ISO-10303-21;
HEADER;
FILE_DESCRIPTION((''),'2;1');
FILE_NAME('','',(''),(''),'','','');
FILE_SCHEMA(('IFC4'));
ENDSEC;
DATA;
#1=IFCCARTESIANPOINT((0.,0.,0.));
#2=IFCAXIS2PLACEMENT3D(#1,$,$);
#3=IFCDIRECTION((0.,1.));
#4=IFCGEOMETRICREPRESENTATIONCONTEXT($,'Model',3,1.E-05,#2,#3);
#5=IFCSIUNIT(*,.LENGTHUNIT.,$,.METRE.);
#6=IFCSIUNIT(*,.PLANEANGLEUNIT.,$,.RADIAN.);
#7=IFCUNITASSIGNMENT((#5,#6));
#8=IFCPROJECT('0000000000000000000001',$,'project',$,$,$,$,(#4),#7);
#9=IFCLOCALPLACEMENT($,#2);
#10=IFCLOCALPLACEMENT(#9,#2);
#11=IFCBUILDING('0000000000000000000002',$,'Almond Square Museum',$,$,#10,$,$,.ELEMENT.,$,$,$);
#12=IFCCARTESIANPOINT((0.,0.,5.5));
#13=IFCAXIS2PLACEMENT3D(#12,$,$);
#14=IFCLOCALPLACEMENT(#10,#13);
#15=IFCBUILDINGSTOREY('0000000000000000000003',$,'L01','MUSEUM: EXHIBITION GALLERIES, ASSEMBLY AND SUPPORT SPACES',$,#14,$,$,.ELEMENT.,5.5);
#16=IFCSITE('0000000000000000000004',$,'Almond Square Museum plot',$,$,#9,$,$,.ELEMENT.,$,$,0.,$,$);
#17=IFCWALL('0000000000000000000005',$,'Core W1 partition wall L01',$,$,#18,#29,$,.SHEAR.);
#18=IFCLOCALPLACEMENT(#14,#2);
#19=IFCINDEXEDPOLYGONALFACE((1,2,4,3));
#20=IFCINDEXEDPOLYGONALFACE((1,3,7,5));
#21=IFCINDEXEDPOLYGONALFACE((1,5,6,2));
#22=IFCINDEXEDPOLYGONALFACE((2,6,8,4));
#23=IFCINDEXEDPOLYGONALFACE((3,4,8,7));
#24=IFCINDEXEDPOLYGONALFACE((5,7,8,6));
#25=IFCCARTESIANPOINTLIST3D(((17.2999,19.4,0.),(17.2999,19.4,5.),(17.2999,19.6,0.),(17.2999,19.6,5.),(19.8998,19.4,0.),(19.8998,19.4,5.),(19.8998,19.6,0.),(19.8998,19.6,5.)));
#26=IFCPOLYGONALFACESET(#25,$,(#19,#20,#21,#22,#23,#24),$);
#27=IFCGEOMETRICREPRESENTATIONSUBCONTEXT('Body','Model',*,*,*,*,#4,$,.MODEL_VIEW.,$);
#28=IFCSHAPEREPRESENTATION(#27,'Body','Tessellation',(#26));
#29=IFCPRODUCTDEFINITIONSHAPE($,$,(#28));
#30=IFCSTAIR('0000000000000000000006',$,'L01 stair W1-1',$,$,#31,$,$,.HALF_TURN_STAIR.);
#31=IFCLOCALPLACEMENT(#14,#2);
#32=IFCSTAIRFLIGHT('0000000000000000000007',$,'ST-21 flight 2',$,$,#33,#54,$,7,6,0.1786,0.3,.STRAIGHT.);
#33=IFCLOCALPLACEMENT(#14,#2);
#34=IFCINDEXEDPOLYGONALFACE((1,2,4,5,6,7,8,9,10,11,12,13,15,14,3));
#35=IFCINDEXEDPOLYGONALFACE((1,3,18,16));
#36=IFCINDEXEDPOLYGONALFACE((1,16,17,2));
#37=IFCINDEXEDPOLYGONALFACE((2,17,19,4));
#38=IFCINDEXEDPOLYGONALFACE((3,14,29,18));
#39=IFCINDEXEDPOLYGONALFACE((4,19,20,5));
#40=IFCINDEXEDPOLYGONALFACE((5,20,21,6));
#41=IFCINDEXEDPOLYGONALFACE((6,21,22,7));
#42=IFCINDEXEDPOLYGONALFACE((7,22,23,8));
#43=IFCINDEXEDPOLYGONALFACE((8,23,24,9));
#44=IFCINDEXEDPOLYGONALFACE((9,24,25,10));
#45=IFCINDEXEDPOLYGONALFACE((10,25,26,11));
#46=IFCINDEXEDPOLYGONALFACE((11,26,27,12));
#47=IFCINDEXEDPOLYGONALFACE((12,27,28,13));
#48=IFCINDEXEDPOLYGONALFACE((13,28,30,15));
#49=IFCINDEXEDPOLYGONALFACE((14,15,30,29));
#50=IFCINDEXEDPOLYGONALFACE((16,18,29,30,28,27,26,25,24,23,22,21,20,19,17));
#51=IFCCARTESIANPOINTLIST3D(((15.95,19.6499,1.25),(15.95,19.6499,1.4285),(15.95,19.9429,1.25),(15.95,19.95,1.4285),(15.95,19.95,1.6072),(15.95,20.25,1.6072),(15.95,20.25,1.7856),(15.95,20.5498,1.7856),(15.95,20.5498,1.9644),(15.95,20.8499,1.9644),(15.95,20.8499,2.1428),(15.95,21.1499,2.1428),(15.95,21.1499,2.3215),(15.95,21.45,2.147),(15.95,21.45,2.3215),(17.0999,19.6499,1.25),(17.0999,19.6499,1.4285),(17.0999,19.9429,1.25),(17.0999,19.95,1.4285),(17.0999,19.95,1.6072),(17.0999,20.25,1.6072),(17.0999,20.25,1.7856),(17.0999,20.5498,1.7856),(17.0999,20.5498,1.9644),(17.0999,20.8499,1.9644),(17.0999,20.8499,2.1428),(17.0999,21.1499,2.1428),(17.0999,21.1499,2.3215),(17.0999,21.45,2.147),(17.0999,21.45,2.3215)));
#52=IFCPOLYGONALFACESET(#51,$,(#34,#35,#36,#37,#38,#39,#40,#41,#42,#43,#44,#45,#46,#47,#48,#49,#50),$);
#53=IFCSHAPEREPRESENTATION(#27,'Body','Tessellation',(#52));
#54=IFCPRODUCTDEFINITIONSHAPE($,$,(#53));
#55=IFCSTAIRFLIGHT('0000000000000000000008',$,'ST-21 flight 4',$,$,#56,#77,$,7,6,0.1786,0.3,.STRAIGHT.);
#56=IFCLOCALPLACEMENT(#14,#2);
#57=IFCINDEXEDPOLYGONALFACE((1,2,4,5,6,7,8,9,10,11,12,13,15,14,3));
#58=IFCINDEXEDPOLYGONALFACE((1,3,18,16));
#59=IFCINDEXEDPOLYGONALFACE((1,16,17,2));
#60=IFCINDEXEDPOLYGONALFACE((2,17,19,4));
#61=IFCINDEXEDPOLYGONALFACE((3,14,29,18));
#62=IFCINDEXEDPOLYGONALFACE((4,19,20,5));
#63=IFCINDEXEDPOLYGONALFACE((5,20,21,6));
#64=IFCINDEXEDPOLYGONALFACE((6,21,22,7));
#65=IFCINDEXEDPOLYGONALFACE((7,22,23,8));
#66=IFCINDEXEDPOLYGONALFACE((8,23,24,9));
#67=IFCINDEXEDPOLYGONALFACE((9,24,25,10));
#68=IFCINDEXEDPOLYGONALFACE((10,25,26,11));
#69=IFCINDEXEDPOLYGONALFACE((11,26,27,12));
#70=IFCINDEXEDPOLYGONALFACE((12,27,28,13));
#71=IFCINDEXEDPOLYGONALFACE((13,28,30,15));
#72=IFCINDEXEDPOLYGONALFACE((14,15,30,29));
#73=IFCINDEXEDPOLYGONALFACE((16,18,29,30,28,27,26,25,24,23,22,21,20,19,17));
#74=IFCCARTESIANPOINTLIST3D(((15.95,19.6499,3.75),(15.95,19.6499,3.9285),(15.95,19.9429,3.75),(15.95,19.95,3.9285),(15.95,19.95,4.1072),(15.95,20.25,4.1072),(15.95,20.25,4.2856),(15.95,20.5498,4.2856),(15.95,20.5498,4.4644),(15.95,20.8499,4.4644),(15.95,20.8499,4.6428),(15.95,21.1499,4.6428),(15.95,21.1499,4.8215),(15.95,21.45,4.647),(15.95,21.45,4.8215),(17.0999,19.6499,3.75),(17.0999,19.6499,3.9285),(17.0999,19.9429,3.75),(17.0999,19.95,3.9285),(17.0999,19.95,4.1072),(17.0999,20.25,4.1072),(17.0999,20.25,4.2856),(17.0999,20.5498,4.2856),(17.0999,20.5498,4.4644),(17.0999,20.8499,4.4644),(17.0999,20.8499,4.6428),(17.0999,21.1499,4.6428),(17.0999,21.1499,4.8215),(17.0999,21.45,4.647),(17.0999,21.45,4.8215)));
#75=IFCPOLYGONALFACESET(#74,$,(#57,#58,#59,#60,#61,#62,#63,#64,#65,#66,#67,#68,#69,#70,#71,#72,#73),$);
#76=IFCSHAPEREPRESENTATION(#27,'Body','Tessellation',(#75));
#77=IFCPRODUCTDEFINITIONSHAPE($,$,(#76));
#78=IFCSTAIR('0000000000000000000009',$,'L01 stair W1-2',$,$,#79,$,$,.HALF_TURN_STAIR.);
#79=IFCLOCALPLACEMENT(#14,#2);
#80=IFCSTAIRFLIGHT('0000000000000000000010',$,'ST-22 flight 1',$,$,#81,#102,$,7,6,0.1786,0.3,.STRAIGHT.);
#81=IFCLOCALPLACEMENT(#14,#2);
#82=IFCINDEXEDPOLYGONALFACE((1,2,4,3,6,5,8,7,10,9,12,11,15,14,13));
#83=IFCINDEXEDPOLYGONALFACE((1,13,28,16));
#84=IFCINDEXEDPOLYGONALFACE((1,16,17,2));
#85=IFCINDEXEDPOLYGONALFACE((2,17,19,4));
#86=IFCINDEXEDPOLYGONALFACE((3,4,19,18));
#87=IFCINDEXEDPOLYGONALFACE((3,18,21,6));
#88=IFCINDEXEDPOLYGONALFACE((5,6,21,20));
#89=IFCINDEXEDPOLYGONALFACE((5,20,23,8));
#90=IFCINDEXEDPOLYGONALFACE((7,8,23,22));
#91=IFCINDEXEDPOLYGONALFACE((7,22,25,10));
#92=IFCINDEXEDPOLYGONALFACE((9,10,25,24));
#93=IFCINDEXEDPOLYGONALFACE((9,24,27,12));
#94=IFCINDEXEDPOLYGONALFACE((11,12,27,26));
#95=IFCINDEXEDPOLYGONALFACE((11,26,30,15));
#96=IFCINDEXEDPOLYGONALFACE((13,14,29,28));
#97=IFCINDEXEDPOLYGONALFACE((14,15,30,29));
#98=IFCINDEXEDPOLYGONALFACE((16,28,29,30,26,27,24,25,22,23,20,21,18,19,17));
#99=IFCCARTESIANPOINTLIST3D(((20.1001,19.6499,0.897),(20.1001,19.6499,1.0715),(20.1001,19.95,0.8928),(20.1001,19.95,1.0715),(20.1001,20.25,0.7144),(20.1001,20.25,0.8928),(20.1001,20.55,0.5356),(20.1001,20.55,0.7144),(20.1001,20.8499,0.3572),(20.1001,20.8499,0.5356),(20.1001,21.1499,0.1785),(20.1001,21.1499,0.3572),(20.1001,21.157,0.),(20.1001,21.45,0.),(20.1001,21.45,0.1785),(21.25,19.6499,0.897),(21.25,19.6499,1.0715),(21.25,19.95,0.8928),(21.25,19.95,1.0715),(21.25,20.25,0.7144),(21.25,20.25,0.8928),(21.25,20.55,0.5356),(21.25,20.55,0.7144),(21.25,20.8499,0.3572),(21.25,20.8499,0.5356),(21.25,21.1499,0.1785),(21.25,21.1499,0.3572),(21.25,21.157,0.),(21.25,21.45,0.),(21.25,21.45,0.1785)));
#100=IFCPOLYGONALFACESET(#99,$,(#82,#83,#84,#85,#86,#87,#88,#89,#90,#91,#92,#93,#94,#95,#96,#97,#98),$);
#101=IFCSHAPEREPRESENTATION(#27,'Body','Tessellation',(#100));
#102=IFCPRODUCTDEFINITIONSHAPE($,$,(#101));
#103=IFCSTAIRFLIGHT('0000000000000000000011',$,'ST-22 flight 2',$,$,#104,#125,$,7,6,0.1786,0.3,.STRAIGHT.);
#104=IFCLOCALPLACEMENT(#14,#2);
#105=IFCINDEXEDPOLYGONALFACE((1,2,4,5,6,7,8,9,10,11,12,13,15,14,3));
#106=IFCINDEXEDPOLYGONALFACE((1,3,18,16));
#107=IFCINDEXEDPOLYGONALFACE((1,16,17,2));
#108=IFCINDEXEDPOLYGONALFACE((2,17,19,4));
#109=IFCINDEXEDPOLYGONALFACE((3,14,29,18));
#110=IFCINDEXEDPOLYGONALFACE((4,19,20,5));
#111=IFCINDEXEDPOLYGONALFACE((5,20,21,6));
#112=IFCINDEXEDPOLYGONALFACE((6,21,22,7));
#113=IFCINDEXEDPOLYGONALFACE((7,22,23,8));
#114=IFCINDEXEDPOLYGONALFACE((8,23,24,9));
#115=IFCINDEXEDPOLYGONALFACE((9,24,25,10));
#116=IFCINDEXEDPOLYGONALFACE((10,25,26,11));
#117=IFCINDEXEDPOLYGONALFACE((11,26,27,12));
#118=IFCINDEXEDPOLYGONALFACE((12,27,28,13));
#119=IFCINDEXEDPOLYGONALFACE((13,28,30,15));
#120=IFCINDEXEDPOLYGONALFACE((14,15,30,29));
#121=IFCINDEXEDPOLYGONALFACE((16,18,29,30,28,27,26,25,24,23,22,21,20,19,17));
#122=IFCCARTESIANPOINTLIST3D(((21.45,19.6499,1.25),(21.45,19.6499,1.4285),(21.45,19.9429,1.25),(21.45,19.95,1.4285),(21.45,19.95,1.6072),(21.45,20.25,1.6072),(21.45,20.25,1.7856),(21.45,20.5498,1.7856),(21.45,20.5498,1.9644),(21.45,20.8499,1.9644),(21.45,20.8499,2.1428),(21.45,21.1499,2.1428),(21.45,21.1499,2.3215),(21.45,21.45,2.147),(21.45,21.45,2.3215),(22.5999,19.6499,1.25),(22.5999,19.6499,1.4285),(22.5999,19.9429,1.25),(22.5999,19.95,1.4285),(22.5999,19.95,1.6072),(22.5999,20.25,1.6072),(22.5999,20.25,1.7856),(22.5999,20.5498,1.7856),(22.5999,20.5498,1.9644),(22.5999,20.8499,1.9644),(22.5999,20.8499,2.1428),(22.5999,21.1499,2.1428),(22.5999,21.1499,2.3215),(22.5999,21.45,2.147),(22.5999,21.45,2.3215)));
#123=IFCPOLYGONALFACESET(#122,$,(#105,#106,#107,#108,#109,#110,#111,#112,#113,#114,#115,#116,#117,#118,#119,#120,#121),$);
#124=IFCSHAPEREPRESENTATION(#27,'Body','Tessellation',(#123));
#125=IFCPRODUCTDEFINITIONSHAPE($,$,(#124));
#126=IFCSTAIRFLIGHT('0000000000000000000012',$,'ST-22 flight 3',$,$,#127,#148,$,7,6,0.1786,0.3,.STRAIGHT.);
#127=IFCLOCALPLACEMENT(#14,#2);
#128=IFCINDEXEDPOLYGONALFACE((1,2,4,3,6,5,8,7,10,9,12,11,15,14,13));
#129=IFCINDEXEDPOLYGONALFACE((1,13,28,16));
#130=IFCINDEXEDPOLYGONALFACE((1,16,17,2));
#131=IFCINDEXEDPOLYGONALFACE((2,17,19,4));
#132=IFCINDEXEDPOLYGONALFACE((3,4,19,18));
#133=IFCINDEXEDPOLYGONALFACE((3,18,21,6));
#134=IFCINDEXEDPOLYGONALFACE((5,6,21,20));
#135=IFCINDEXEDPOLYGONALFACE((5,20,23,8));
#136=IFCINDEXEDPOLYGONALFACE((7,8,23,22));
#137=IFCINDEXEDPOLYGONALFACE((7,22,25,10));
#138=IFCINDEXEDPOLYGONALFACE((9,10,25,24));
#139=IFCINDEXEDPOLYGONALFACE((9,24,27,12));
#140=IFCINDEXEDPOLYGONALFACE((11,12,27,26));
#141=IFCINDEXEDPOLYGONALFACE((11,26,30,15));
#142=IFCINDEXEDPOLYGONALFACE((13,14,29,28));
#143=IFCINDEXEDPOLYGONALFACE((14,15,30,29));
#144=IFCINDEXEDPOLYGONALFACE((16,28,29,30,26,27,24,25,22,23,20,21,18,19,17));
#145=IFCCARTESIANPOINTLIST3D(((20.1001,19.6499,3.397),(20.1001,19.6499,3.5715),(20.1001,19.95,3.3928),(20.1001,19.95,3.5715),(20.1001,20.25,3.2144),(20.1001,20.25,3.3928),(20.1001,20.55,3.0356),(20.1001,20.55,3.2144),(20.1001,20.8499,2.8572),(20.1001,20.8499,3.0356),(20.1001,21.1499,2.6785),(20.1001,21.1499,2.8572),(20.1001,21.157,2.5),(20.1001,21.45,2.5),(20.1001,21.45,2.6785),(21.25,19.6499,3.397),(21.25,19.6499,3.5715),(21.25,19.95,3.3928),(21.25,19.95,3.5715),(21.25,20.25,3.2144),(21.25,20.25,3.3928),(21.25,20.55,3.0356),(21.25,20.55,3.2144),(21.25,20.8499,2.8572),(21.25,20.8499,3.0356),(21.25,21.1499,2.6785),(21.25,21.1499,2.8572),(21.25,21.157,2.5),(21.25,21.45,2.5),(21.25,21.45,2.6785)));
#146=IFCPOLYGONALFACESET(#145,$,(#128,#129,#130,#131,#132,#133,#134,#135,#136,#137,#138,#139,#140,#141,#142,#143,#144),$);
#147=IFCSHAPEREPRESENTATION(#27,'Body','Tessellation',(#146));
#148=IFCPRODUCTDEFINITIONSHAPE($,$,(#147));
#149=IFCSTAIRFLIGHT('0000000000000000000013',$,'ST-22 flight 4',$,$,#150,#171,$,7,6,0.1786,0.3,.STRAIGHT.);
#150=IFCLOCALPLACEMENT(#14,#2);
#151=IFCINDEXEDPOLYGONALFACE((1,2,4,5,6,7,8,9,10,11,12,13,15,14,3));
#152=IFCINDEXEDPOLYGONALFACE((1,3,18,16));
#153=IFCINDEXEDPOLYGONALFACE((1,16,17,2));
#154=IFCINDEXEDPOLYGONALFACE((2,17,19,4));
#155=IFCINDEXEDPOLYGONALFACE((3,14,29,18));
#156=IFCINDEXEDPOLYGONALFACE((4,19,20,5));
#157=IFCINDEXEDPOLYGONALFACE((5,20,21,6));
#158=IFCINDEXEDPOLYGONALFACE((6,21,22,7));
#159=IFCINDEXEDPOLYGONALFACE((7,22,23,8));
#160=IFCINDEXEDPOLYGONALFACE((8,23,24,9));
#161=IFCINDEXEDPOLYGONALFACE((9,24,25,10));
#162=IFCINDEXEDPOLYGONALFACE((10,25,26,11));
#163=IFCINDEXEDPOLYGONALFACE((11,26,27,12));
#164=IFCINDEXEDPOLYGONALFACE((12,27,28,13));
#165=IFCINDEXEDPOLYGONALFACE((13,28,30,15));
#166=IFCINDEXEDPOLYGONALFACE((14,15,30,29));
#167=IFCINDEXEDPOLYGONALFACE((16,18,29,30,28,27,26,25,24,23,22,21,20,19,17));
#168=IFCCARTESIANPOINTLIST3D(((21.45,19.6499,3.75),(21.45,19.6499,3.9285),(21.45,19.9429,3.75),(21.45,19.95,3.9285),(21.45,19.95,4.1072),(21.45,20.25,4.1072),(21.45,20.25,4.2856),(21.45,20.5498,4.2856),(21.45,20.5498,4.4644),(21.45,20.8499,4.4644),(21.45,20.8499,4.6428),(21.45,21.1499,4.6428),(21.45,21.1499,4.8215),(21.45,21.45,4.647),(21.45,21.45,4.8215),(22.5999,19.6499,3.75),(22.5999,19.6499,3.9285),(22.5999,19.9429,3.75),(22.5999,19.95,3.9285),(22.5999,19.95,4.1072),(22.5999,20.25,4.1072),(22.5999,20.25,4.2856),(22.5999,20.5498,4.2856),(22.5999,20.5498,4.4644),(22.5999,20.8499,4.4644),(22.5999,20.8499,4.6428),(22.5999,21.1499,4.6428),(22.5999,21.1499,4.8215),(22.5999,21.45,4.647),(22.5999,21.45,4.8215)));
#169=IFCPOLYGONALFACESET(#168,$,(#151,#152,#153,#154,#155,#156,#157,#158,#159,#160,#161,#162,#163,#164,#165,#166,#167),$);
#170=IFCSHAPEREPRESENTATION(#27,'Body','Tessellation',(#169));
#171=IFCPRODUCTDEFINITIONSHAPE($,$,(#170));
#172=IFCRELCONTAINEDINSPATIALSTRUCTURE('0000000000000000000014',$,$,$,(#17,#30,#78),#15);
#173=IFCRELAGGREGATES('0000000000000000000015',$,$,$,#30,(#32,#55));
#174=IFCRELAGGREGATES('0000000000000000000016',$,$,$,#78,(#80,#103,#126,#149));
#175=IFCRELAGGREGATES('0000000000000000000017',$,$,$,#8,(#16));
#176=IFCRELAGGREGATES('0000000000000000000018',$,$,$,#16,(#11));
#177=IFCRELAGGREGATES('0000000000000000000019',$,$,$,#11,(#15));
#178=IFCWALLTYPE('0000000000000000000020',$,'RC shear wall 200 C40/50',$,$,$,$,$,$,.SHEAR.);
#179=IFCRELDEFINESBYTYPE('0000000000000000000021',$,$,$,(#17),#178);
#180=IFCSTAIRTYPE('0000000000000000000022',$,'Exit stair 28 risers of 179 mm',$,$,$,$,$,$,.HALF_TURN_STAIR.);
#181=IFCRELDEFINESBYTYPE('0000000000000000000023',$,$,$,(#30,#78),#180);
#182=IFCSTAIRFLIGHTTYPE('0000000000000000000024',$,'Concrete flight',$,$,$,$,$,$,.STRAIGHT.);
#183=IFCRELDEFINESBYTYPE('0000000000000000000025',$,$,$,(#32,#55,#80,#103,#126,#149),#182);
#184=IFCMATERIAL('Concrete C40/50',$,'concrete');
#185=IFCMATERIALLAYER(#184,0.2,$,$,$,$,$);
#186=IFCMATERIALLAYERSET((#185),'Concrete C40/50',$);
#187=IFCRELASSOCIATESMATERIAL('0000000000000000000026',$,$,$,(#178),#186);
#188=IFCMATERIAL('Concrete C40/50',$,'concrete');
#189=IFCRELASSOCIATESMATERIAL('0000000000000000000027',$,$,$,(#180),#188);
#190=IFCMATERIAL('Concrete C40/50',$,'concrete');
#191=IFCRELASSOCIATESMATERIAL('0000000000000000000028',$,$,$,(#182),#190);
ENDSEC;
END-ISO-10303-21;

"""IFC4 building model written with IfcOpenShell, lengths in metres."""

from ifc_helpers import new_model, si_unit, direction, frame, frame_2d, origin, place, context, subcontext, project, spatial, polyline, rectangle, outline, extrude, material, layer, layer_set, type_object, element, aggregate, save


model = new_model("IFC4")

# Units and contexts
model_context = context("Model", 3, precision=1e-05, world=origin(), true_north=direction((0.0, 1.0)))
body_context = subcontext(model_context, "Body", "Model", "MODEL_VIEW")
ifc_project = project(units=[si_unit("LENGTHUNIT", "METRE"), si_unit("PLANEANGLEUNIT", "RADIAN")], contexts=[model_context])

# Site, building, storey
site_placement = place(None, origin())
site = spatial("IfcSite", under=ifc_project, at=site_placement, Name="Almond Square Museum plot", CompositionType="ELEMENT", RefElevation=0.0)
building_placement = place(site_placement, origin())
building = spatial("IfcBuilding", under=site, at=building_placement, Name="Almond Square Museum", CompositionType="ELEMENT")
storey_placement = place(building_placement, frame((0.0, 0.0, 5.5)))
storey = spatial("IfcBuildingStorey", under=building, at=storey_placement, Name="L01", Description="MUSEUM: EXHIBITION GALLERIES, ASSEMBLY AND SUPPORT SPACES", CompositionType="ELEMENT", Elevation=5.5)

# Wall
ifc_material_1 = material(Name="Concrete C40/50", Category="concrete")
ifc_layer = layer(ifc_material_1, 0.2)
ifc_layer_set = layer_set([ifc_layer], Name="Concrete C40/50")
wall_type = type_object("IfcWallType", Name="RC shear wall 200 C40/50", PredefinedType="SHEAR", material=ifc_layer_set)
wall_placement = place(storey_placement, frame((17.3, 19.5, 0.0), z_axis=(0.0, 0.0, 1.0), x_axis=(1.0, 0.0, 0.0)))
element("IfcWall", 1, at=wall_placement, inside=storey, type_object=wall_type, Name="Core W1 partition wall L01", PredefinedType="SHEAR", context=body_context, shape_type="SweptSolid", body=[
    extrude(rectangle(XDim=2.5999, YDim=0.2, at=frame_2d((1.2998, 0.0))), origin(), (0.0, 0.0, 1.0), 5.0),
])

# Stairs, stair flights
ifc_material_2 = material(Name="Concrete C40/50", Category="concrete")
stair_type = type_object("IfcStairType", Name="Exit stair 28 risers of 179 mm", PredefinedType="HALF_TURN_STAIR", material=ifc_material_2)
stair_1_placement = place(storey_placement, origin())
stair_1 = element("IfcStair", 2, at=stair_1_placement, inside=storey, type_object=stair_type, Name="L01 stair W1-1", PredefinedType="HALF_TURN_STAIR")
ifc_material_3 = material(Name="Concrete C40/50", Category="concrete")
stair_flight_type = type_object("IfcStairFlightType", Name="Concrete flight", PredefinedType="STRAIGHT", material=ifc_material_3)
stair_flight_1_placement = place(storey_placement, frame((16.5249, 19.6499, 1.25), z_axis=(0.0, 0.0, 1.0), x_axis=(0.0, 1.0, 0.0)))
stair_flight_1 = element("IfcStairFlight", 3, at=stair_flight_1_placement, type_object=stair_flight_type, Name="ST-21 flight 2", NumberOfRisers=7, NumberOfTreads=6, PredefinedType="STRAIGHT", RiserHeight=0.1786, TreadLength=0.3, context=body_context, shape_type="SweptSolid", body=[
    extrude(outline(polyline([(0.0, 0.0), (0.0, 0.1785), (0.3, 0.1785), (0.3, 0.3572), (0.6001, 0.3572), (0.6001, 0.5356), (0.8999, 0.5356), (0.8999, 0.7144), (1.2, 0.7144), (1.2, 0.8928), (1.5, 0.8928), (1.5, 1.0715), (1.8, 1.0715), (1.8, 1.25), (1.8, 0.897), (0.293, 0.0), (0.0, 0.0)])), frame((0.0, 0.575, 0.0), z_axis=(0.0, -1.0, 0.0), x_axis=(1.0, 0.0, 0.0)), (0.0, 0.0, 1.0), 1.1499),
])
stair_flight_2_placement = place(storey_placement, frame((16.5249, 19.6499, 3.75), z_axis=(0.0, 0.0, 1.0), x_axis=(0.0, 1.0, 0.0)))
stair_flight_2 = element("IfcStairFlight", 4, at=stair_flight_2_placement, type_object=stair_flight_type, Name="ST-21 flight 4", NumberOfRisers=7, NumberOfTreads=6, PredefinedType="STRAIGHT", RiserHeight=0.1786, TreadLength=0.3, context=body_context, shape_type="SweptSolid", body=[
    extrude(outline(polyline([(0.0, 0.0), (0.0, 0.1785), (0.3, 0.1785), (0.3, 0.3572), (0.6001, 0.3572), (0.6001, 0.5356), (0.8999, 0.5356), (0.8999, 0.7144), (1.2, 0.7144), (1.2, 0.8928), (1.5, 0.8928), (1.5, 1.0715), (1.8, 1.0715), (1.8, 1.25), (1.8, 0.897), (0.293, 0.0), (0.0, 0.0)])), frame((0.0, 0.575, 0.0), z_axis=(0.0, -1.0, 0.0), x_axis=(1.0, 0.0, 0.0)), (0.0, 0.0, 1.0), 1.1499),
])
aggregate(stair_1, [stair_flight_1, stair_flight_2])
stair_2_placement = place(storey_placement, origin())
stair_2 = element("IfcStair", 5, at=stair_2_placement, inside=storey, type_object=stair_type, Name="L01 stair W1-2", PredefinedType="HALF_TURN_STAIR")
stair_flight_3_placement = place(storey_placement, frame((20.675, 21.45, 0.0), z_axis=(0.0, 0.0, 1.0), x_axis=(0.0, -1.0, 0.0)))
stair_flight_3 = element("IfcStairFlight", 6, at=stair_flight_3_placement, type_object=stair_flight_type, Name="ST-22 flight 1", NumberOfRisers=7, NumberOfTreads=6, PredefinedType="STRAIGHT", RiserHeight=0.1786, TreadLength=0.3, context=body_context, shape_type="SweptSolid", body=[
    extrude(outline(polyline([(0.0, 0.0), (0.0, 0.1785), (0.3, 0.1785), (0.3, 0.3572), (0.6001, 0.3572), (0.6001, 0.5356), (0.8999, 0.5356), (0.8999, 0.7144), (1.2, 0.7144), (1.2, 0.8928), (1.5, 0.8928), (1.5, 1.0715), (1.8, 1.0715), (1.8, 1.25), (1.8, 0.897), (0.293, 0.0), (0.0, 0.0)])), frame((0.0, 0.575, 0.0), z_axis=(0.0, -1.0, 0.0), x_axis=(1.0, 0.0, 0.0)), (0.0, 0.0, 1.0), 1.1499),
])
stair_flight_4_placement = place(storey_placement, frame((22.0249, 19.6499, 1.25), z_axis=(0.0, 0.0, 1.0), x_axis=(0.0, 1.0, 0.0)))
stair_flight_4 = element("IfcStairFlight", 7, at=stair_flight_4_placement, type_object=stair_flight_type, Name="ST-22 flight 2", NumberOfRisers=7, NumberOfTreads=6, PredefinedType="STRAIGHT", RiserHeight=0.1786, TreadLength=0.3, context=body_context, shape_type="SweptSolid", body=[
    extrude(outline(polyline([(0.0, 0.0), (0.0, 0.1785), (0.3, 0.1785), (0.3, 0.3572), (0.6001, 0.3572), (0.6001, 0.5356), (0.8999, 0.5356), (0.8999, 0.7144), (1.2, 0.7144), (1.2, 0.8928), (1.5, 0.8928), (1.5, 1.0715), (1.8, 1.0715), (1.8, 1.25), (1.8, 0.897), (0.293, 0.0), (0.0, 0.0)])), frame((0.0, 0.575, 0.0), z_axis=(0.0, -1.0, 0.0), x_axis=(1.0, 0.0, 0.0)), (0.0, 0.0, 1.0), 1.1499),
])
stair_flight_5_placement = place(storey_placement, frame((20.675, 21.45, 2.5), z_axis=(0.0, 0.0, 1.0), x_axis=(0.0, -1.0, 0.0)))
stair_flight_5 = element("IfcStairFlight", 8, at=stair_flight_5_placement, type_object=stair_flight_type, Name="ST-22 flight 3", NumberOfRisers=7, NumberOfTreads=6, PredefinedType="STRAIGHT", RiserHeight=0.1786, TreadLength=0.3, context=body_context, shape_type="SweptSolid", body=[
    extrude(outline(polyline([(0.0, 0.0), (0.0, 0.1785), (0.3, 0.1785), (0.3, 0.3572), (0.6001, 0.3572), (0.6001, 0.5356), (0.8999, 0.5356), (0.8999, 0.7144), (1.2, 0.7144), (1.2, 0.8928), (1.5, 0.8928), (1.5, 1.0715), (1.8, 1.0715), (1.8, 1.25), (1.8, 0.897), (0.293, 0.0), (0.0, 0.0)])), frame((0.0, 0.575, 0.0), z_axis=(0.0, -1.0, 0.0), x_axis=(1.0, 0.0, 0.0)), (0.0, 0.0, 1.0), 1.1499),
])
stair_flight_6_placement = place(storey_placement, frame((22.0249, 19.6499, 3.75), z_axis=(0.0, 0.0, 1.0), x_axis=(0.0, 1.0, 0.0)))
stair_flight_6 = element("IfcStairFlight", 9, at=stair_flight_6_placement, type_object=stair_flight_type, Name="ST-22 flight 4", NumberOfRisers=7, NumberOfTreads=6, PredefinedType="STRAIGHT", RiserHeight=0.1786, TreadLength=0.3, context=body_context, shape_type="SweptSolid", body=[
    extrude(outline(polyline([(0.0, 0.0), (0.0, 0.1785), (0.3, 0.1785), (0.3, 0.3572), (0.6001, 0.3572), (0.6001, 0.5356), (0.8999, 0.5356), (0.8999, 0.7144), (1.2, 0.7144), (1.2, 0.8928), (1.5, 0.8928), (1.5, 1.0715), (1.8, 1.0715), (1.8, 1.25), (1.8, 0.897), (0.293, 0.0), (0.0, 0.0)])), frame((0.0, 0.575, 0.0), z_axis=(0.0, -1.0, 0.0), x_axis=(1.0, 0.0, 0.0)), (0.0, 0.0, 1.0), 1.1499),
])
aggregate(stair_2, [stair_flight_3, stair_flight_4, stair_flight_5, stair_flight_6])

save(model, "model.ifc")
